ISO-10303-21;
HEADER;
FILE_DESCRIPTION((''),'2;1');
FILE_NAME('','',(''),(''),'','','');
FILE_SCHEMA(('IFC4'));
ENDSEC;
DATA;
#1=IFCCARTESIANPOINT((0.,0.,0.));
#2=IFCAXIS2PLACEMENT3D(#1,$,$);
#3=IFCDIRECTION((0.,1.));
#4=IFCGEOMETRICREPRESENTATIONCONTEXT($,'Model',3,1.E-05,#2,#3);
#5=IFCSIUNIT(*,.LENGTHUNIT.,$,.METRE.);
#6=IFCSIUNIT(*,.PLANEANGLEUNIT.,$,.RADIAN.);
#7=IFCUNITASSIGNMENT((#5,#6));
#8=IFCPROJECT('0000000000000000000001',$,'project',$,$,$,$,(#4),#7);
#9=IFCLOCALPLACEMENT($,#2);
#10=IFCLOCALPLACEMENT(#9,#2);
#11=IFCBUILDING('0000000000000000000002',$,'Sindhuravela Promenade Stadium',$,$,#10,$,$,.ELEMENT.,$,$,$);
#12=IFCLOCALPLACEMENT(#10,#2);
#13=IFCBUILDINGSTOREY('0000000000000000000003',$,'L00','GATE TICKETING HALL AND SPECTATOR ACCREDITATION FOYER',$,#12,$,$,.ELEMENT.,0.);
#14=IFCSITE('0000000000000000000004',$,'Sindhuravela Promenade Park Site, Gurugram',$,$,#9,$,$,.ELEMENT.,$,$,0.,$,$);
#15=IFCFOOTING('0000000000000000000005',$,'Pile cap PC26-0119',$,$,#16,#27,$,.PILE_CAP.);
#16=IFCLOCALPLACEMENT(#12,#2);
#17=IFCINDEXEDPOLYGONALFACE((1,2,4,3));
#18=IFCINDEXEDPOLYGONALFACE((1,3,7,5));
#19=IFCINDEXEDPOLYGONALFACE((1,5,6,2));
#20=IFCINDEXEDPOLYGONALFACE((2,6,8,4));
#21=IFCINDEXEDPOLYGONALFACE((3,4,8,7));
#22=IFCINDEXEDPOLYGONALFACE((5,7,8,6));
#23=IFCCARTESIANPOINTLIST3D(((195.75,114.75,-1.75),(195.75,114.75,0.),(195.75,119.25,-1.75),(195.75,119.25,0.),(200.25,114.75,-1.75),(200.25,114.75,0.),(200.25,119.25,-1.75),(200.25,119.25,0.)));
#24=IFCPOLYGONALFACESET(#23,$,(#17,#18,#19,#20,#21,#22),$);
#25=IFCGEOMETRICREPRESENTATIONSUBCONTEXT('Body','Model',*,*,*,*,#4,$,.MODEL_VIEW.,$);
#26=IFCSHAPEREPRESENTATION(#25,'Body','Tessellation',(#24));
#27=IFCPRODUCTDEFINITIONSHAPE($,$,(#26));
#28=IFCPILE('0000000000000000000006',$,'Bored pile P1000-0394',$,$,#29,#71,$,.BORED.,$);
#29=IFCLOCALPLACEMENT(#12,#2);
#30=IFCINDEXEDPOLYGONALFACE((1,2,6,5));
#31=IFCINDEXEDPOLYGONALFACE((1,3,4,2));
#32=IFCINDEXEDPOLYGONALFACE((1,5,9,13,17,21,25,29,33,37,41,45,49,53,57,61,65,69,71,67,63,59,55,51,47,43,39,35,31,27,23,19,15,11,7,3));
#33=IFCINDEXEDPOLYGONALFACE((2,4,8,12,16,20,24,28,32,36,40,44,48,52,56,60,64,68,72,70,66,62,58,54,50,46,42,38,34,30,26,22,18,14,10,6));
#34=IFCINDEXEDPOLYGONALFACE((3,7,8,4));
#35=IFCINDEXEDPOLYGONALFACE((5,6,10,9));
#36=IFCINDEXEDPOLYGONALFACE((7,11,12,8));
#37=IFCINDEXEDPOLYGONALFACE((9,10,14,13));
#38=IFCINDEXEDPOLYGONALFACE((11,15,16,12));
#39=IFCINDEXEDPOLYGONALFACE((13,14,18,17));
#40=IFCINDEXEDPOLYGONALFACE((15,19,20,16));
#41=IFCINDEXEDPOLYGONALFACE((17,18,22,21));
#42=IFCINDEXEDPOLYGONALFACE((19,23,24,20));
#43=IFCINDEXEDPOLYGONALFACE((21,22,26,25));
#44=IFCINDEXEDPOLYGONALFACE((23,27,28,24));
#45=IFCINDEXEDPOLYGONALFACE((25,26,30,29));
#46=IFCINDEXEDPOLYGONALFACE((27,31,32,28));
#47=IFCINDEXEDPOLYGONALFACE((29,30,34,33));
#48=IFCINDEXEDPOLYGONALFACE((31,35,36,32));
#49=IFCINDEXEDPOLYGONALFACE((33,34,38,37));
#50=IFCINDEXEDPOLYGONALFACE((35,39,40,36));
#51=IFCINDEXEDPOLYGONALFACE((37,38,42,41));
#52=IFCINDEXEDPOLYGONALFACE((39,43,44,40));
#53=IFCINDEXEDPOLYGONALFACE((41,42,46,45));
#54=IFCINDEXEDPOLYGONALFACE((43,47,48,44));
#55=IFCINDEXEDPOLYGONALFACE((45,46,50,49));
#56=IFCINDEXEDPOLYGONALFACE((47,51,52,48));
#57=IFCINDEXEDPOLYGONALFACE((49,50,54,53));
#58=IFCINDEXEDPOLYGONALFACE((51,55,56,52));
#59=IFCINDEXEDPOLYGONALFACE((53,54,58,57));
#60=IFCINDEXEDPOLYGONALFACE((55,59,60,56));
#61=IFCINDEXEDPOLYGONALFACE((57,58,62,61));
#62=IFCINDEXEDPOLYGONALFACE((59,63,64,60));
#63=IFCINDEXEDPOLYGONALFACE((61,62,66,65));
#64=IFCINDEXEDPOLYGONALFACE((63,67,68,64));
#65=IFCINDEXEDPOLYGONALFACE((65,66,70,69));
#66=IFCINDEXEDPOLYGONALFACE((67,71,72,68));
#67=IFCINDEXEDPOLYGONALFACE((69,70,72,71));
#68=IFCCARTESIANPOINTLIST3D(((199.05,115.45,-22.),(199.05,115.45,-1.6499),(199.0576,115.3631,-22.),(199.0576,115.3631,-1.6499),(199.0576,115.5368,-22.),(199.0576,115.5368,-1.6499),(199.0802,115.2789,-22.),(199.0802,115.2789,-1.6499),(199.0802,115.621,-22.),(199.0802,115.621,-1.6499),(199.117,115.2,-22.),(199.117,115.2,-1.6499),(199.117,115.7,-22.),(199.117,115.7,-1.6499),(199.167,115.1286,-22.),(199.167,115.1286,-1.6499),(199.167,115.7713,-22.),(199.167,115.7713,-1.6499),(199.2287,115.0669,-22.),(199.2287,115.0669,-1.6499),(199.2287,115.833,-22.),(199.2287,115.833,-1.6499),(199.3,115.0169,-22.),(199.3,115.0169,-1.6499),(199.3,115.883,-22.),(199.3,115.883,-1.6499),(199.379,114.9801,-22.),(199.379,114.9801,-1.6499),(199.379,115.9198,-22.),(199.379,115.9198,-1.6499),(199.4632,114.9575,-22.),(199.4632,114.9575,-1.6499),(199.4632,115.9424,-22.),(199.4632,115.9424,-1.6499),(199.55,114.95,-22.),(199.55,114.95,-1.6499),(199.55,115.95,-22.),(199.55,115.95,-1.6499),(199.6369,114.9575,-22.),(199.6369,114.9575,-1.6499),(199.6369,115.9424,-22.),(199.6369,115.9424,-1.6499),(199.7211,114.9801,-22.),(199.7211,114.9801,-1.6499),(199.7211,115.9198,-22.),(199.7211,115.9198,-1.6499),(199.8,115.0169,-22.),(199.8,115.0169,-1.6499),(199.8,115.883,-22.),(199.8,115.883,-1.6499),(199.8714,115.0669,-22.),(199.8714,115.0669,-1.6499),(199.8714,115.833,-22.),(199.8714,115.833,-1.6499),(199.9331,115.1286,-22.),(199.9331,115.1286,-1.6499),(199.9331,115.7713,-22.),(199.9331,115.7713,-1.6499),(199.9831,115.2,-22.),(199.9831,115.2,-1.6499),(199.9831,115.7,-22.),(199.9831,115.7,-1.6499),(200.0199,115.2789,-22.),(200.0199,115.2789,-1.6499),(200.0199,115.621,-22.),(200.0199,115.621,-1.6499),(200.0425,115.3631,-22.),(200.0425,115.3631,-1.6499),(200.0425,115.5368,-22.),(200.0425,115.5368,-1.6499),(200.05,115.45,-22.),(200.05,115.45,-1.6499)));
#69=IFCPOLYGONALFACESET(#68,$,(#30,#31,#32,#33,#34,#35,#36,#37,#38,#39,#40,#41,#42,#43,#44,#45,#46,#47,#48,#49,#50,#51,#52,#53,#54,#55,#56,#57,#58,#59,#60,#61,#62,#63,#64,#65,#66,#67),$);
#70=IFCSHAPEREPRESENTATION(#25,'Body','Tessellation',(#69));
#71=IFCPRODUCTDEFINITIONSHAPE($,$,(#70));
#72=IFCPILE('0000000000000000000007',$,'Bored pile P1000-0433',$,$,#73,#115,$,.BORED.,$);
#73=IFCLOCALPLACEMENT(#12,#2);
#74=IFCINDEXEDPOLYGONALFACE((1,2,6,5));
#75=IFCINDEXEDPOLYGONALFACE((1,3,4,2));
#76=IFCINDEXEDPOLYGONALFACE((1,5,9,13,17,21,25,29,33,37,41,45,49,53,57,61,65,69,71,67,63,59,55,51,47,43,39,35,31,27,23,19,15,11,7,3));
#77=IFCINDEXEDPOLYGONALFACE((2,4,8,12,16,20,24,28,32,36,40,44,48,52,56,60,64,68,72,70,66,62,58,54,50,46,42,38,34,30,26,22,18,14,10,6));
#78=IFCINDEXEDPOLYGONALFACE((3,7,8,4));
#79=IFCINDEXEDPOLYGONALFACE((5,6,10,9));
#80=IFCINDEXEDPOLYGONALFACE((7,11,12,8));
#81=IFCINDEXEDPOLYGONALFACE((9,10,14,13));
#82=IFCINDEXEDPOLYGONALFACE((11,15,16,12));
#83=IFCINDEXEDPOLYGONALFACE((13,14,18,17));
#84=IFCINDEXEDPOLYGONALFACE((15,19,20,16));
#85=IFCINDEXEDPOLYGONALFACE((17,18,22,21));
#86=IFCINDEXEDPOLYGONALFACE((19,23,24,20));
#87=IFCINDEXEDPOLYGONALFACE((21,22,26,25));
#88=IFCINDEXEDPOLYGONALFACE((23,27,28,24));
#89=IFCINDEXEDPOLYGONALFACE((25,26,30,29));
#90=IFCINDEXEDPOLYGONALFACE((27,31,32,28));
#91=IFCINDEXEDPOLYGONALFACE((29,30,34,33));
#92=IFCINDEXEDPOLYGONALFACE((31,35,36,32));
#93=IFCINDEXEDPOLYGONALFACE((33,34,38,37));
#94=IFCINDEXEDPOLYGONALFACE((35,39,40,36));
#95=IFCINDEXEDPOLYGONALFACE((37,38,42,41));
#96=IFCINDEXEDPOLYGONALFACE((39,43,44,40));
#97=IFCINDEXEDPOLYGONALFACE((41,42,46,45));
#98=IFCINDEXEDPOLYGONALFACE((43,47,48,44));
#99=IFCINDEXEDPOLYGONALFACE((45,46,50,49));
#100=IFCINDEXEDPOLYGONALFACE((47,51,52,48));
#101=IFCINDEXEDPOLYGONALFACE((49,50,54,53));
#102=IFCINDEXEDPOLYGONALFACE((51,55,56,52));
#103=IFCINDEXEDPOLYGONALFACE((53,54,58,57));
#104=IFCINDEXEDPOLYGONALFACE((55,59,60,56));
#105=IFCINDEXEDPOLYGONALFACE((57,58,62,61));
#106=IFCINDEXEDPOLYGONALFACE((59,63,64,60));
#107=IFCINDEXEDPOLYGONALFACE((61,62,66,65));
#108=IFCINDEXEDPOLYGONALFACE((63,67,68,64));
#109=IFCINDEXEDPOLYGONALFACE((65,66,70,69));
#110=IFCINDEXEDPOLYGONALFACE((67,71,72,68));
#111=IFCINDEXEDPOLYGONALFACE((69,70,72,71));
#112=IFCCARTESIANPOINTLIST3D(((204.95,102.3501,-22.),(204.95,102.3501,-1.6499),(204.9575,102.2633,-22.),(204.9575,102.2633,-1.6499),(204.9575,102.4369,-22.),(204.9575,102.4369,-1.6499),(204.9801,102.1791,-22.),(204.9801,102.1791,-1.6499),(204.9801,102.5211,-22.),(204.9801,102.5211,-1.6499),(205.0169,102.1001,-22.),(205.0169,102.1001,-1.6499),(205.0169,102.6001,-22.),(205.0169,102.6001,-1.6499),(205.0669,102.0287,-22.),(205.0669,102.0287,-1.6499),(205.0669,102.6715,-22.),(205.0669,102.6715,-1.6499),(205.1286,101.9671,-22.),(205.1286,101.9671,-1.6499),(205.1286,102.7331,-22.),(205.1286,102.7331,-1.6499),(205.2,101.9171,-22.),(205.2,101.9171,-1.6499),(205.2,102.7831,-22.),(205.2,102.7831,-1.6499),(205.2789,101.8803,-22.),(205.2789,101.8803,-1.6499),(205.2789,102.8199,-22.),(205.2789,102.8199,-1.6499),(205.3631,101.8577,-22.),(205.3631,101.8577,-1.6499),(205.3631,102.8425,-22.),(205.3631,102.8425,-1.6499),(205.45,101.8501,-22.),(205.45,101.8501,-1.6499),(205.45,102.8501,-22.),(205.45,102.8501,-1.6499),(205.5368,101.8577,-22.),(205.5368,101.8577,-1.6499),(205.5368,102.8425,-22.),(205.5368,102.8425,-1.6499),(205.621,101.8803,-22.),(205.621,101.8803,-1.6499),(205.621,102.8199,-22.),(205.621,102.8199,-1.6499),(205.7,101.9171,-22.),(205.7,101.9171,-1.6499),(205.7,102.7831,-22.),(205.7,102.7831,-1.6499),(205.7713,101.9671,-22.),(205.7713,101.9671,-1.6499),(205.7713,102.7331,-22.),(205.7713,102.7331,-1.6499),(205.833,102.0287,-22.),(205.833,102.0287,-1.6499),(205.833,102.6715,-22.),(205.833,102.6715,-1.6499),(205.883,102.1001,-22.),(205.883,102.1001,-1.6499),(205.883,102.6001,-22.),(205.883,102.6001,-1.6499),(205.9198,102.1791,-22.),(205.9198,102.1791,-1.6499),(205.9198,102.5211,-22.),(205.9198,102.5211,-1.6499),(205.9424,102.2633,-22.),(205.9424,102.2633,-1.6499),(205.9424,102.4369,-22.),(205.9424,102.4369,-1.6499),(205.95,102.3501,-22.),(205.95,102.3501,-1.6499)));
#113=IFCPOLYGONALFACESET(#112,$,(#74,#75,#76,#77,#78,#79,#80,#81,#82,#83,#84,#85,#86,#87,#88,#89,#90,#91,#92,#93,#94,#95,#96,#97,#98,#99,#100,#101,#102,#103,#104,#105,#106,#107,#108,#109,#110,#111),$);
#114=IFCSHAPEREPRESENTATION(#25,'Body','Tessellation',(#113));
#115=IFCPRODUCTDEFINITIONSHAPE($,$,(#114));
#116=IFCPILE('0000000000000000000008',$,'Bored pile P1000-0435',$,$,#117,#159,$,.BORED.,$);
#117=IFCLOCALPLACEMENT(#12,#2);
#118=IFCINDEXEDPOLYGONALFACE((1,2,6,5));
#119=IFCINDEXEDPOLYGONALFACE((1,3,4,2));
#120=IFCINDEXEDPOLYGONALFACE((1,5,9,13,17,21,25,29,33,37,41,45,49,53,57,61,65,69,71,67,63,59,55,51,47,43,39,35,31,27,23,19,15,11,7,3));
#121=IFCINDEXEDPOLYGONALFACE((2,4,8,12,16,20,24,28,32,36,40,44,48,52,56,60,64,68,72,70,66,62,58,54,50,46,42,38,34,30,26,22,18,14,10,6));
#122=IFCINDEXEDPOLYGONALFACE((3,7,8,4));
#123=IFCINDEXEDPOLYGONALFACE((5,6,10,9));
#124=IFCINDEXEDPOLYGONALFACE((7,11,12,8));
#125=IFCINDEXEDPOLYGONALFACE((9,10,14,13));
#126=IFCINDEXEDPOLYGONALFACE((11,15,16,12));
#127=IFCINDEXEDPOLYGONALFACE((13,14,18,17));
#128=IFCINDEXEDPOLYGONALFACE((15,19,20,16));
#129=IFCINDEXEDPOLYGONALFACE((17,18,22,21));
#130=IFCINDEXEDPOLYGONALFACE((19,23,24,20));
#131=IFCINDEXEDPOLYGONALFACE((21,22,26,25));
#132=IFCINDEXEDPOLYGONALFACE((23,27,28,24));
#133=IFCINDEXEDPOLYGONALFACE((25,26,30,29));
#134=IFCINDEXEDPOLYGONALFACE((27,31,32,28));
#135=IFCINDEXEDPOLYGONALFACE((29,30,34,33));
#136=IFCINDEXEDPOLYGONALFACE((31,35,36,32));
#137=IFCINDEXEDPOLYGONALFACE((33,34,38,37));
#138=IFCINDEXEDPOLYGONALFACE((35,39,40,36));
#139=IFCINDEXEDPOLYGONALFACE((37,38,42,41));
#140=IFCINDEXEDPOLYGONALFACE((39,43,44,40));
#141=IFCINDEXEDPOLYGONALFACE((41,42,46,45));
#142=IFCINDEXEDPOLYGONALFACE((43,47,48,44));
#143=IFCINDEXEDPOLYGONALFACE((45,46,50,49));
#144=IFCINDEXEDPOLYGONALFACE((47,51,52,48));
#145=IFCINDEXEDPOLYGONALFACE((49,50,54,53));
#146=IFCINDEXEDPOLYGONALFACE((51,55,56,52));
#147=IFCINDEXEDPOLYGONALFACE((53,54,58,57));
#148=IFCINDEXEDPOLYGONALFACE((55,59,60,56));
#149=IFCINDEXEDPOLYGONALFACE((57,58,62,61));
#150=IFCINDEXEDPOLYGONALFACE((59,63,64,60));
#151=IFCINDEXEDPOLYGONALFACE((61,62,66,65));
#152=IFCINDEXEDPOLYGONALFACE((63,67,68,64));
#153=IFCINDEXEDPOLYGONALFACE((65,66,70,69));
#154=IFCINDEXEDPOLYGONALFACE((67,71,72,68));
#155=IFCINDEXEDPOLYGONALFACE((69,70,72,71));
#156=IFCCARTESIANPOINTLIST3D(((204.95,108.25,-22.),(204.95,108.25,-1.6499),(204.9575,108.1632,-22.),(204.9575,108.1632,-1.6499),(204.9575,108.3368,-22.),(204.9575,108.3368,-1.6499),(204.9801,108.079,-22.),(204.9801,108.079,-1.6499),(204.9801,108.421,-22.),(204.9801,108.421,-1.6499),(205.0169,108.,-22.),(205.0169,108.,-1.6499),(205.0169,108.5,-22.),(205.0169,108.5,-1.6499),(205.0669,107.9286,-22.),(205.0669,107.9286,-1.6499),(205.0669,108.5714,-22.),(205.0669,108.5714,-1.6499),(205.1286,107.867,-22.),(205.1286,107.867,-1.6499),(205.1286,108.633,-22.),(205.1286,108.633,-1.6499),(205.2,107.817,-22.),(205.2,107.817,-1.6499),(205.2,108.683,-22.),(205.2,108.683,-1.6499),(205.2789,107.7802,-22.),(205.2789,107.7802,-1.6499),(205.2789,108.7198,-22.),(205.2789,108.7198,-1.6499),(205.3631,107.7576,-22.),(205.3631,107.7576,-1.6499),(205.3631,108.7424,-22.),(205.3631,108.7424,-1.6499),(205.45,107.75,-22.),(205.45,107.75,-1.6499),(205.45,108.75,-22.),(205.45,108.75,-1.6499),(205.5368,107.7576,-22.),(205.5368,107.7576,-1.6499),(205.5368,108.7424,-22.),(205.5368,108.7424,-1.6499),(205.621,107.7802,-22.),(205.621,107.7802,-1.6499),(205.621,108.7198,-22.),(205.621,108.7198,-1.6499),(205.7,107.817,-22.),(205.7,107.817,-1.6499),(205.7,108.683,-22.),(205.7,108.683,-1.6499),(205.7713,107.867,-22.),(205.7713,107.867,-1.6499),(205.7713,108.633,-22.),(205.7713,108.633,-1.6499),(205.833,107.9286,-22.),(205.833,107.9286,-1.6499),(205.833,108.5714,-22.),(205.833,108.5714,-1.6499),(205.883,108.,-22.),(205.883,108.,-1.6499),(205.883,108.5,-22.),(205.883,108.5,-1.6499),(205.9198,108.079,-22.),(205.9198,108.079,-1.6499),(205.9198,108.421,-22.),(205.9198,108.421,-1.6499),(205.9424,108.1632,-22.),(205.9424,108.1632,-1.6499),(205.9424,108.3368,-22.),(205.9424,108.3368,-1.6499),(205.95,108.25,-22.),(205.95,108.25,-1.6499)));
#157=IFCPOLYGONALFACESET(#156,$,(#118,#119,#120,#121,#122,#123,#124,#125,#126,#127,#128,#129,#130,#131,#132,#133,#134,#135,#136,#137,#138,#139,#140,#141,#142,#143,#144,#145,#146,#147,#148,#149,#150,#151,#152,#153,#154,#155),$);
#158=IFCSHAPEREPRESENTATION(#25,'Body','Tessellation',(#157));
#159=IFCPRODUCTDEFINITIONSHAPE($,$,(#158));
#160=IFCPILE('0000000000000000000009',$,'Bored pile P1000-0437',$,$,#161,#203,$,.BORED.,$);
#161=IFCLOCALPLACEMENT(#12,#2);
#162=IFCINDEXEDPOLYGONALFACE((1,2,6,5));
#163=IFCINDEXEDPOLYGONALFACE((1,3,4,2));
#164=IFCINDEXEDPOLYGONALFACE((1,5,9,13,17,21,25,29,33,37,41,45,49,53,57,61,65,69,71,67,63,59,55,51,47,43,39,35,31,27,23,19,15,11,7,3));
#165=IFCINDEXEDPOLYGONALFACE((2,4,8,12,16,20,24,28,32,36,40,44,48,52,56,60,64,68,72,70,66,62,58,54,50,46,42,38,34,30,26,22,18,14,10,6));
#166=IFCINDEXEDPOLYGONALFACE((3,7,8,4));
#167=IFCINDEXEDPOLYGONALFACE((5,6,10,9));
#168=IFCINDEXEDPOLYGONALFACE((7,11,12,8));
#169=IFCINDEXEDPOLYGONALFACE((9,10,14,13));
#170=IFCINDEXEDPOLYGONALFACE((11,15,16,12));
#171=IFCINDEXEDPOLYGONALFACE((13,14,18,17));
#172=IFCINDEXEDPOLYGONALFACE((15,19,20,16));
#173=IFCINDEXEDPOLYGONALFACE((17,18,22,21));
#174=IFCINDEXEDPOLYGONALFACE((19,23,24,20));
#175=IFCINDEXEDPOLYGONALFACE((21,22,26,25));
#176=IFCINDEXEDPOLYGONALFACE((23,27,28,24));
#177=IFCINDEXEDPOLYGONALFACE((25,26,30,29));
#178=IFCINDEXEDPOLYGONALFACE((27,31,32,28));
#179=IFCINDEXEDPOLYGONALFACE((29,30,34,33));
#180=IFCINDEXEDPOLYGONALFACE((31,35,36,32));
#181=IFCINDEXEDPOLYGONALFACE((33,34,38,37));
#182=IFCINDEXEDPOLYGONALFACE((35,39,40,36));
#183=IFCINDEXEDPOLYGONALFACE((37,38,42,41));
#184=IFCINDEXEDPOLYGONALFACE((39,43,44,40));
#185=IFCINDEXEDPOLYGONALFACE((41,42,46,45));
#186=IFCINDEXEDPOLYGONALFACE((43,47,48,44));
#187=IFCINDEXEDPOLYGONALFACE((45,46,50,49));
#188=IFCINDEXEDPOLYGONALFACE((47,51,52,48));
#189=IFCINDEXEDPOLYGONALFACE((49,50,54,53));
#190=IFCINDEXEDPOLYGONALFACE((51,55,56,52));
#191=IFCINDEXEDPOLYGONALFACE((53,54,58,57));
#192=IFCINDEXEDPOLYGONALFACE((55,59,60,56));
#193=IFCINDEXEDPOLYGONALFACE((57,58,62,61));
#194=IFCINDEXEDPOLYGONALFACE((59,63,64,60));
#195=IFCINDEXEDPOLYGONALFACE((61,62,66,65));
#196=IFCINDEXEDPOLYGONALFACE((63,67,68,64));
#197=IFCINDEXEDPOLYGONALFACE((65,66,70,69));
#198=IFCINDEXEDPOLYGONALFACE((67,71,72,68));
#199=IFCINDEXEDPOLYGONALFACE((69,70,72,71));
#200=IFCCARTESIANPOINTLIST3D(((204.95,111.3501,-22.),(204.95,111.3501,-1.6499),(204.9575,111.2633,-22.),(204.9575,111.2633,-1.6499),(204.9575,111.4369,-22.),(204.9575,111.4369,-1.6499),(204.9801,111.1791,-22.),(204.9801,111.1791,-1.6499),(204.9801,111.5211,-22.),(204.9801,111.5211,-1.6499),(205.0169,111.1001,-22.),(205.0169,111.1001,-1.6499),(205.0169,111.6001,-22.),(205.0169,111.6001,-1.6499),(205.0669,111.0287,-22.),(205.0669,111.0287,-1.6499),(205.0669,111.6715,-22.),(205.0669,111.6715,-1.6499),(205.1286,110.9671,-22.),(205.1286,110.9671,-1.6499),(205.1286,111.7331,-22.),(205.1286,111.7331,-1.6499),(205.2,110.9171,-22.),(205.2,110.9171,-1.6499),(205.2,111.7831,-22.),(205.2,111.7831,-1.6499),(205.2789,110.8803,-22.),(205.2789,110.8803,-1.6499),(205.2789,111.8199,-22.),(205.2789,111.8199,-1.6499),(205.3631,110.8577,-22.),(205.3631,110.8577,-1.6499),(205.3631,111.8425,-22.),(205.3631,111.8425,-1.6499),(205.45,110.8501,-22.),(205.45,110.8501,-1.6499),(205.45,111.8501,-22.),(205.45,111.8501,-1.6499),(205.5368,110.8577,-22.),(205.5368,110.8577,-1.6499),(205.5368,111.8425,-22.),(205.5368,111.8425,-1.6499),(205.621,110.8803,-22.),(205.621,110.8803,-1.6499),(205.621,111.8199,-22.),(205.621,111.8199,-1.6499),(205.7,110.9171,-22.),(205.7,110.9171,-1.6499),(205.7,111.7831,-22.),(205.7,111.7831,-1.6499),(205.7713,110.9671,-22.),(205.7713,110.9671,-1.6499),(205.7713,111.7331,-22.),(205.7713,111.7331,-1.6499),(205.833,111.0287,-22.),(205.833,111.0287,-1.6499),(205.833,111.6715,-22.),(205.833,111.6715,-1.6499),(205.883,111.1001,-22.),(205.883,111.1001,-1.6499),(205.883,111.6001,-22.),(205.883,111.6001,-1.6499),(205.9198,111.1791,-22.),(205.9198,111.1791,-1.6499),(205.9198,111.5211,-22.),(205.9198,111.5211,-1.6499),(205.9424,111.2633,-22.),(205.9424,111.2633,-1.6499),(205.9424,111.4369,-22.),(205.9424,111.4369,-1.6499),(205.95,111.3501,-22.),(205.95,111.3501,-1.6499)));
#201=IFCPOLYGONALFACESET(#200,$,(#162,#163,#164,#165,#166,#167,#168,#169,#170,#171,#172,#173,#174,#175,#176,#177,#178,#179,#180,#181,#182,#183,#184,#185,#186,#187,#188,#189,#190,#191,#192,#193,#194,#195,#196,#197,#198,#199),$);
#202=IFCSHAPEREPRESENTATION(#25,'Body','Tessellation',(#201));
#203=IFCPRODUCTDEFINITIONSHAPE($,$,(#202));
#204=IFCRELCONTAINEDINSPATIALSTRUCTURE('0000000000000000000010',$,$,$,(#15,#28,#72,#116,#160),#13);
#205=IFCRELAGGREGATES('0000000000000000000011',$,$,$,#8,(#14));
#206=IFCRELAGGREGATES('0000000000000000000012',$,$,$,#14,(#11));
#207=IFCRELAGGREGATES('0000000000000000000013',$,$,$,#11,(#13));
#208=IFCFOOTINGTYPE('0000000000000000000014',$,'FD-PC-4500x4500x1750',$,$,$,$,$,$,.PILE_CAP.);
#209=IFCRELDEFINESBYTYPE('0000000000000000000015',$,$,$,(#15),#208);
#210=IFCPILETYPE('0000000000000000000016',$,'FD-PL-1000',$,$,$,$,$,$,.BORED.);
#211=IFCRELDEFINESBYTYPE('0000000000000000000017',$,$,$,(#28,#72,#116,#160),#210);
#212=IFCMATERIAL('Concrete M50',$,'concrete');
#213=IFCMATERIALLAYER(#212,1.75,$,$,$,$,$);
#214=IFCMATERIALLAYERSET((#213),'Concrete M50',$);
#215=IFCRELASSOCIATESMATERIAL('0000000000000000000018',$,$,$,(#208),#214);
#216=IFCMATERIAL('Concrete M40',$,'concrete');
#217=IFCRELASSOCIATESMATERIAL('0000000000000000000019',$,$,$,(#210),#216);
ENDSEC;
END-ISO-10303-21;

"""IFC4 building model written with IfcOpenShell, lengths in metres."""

from ifc_helpers import new_model, si_unit, direction, frame, origin, origin_2d, place, context, subcontext, project, spatial, rectangle, circle, extrude, material, layer, layer_set, material_profile, profile_set, type_object, element, save


model = new_model("IFC4")

# Units and contexts
model_context = context("Model", 3, precision=1e-05, world=origin(), true_north=direction((0.0, 1.0)))
body_context = subcontext(model_context, "Body", "Model", "MODEL_VIEW")
ifc_project = project(units=[si_unit("LENGTHUNIT", "METRE"), si_unit("PLANEANGLEUNIT", "RADIAN")], contexts=[model_context])

# Site, building, storey
site_placement = place(None, origin())
site = spatial("IfcSite", under=ifc_project, at=site_placement, Name="Sindhuravela Promenade Park Site, Gurugram", CompositionType="ELEMENT", RefElevation=0.0)
building_placement = place(site_placement, origin())
building = spatial("IfcBuilding", under=site, at=building_placement, Name="Sindhuravela Promenade Stadium", CompositionType="ELEMENT")
storey_placement = place(building_placement, origin())
storey = spatial("IfcBuildingStorey", under=building, at=storey_placement, Name="L00", Description="GATE TICKETING HALL AND SPECTATOR ACCREDITATION FOYER", CompositionType="ELEMENT", Elevation=0.0)

# Footing
ifc_material_1 = material(Name="Concrete M50", Category="concrete")
ifc_layer_1 = layer(ifc_material_1, 1.75)
ifc_layer_set_1 = layer_set([ifc_layer_1], Name="Concrete M50")
footing_type = type_object("IfcFootingType", Name="FD-PC-4500x4500x1750", PredefinedType="PILE_CAP", material=ifc_layer_set_1)
footing_placement = place(storey_placement, frame((198.0, 117.0, -1.75), z_axis=(0.0, 0.0, 1.0), x_axis=(1.0, 0.0, 0.0)))
element("IfcFooting", 1, at=footing_placement, inside=storey, type_object=footing_type, Name="Pile cap PC26-0119", PredefinedType="PILE_CAP", context=body_context, shape_type="SweptSolid", body=[
    extrude(rectangle(XDim=4.5, YDim=4.5, at=origin_2d()), origin(), (0.0, 0.0, 1.0), 1.75),
])

# Piles
ifc_material_2 = material(Name="Concrete M40", Category="concrete")
ifc_material_profile_1 = material_profile(ifc_material_2, circle(Radius=0.5, at=origin_2d()), Name="BORED PILE D1000")
ifc_profile_set_1 = profile_set([ifc_material_profile_1], Name="Concrete M40")
pile_type = type_object("IfcPileType", Name="FD-PL-1000", PredefinedType="BORED", material=ifc_profile_set_1)
for number, where, z_axis, x_axis, name in (
    (2, (199.55, 115.45, -1.6499), (0.0, 0.0, -1.0), (1.0, 0.0, 0.0), "Bored pile P1000-0394"),
    (3, (205.45, 102.3501, -1.6499), (0.0, 0.0, -1.0), (1.0, 0.0, 0.0), "Bored pile P1000-0433"),
    (4, (205.45, 108.25, -1.6499), (0.0, 0.0, -1.0), (1.0, 0.0, 0.0), "Bored pile P1000-0435"),
    (5, (205.45, 111.3501, -1.6499), (0.0, 0.0, -1.0), (1.0, 0.0, 0.0), "Bored pile P1000-0437"),
):
    element("IfcPile", number, at=place(storey_placement, frame(where, z_axis=z_axis, x_axis=x_axis)), inside=storey, type_object=pile_type, Name=name, PredefinedType="BORED", context=body_context, shape_type="SweptSolid", body=[
        extrude(circle(Radius=0.5, at=origin_2d()), origin(), (0.0, 0.0, 1.0), 20.3501),
    ])

save(model, "model.ifc")
